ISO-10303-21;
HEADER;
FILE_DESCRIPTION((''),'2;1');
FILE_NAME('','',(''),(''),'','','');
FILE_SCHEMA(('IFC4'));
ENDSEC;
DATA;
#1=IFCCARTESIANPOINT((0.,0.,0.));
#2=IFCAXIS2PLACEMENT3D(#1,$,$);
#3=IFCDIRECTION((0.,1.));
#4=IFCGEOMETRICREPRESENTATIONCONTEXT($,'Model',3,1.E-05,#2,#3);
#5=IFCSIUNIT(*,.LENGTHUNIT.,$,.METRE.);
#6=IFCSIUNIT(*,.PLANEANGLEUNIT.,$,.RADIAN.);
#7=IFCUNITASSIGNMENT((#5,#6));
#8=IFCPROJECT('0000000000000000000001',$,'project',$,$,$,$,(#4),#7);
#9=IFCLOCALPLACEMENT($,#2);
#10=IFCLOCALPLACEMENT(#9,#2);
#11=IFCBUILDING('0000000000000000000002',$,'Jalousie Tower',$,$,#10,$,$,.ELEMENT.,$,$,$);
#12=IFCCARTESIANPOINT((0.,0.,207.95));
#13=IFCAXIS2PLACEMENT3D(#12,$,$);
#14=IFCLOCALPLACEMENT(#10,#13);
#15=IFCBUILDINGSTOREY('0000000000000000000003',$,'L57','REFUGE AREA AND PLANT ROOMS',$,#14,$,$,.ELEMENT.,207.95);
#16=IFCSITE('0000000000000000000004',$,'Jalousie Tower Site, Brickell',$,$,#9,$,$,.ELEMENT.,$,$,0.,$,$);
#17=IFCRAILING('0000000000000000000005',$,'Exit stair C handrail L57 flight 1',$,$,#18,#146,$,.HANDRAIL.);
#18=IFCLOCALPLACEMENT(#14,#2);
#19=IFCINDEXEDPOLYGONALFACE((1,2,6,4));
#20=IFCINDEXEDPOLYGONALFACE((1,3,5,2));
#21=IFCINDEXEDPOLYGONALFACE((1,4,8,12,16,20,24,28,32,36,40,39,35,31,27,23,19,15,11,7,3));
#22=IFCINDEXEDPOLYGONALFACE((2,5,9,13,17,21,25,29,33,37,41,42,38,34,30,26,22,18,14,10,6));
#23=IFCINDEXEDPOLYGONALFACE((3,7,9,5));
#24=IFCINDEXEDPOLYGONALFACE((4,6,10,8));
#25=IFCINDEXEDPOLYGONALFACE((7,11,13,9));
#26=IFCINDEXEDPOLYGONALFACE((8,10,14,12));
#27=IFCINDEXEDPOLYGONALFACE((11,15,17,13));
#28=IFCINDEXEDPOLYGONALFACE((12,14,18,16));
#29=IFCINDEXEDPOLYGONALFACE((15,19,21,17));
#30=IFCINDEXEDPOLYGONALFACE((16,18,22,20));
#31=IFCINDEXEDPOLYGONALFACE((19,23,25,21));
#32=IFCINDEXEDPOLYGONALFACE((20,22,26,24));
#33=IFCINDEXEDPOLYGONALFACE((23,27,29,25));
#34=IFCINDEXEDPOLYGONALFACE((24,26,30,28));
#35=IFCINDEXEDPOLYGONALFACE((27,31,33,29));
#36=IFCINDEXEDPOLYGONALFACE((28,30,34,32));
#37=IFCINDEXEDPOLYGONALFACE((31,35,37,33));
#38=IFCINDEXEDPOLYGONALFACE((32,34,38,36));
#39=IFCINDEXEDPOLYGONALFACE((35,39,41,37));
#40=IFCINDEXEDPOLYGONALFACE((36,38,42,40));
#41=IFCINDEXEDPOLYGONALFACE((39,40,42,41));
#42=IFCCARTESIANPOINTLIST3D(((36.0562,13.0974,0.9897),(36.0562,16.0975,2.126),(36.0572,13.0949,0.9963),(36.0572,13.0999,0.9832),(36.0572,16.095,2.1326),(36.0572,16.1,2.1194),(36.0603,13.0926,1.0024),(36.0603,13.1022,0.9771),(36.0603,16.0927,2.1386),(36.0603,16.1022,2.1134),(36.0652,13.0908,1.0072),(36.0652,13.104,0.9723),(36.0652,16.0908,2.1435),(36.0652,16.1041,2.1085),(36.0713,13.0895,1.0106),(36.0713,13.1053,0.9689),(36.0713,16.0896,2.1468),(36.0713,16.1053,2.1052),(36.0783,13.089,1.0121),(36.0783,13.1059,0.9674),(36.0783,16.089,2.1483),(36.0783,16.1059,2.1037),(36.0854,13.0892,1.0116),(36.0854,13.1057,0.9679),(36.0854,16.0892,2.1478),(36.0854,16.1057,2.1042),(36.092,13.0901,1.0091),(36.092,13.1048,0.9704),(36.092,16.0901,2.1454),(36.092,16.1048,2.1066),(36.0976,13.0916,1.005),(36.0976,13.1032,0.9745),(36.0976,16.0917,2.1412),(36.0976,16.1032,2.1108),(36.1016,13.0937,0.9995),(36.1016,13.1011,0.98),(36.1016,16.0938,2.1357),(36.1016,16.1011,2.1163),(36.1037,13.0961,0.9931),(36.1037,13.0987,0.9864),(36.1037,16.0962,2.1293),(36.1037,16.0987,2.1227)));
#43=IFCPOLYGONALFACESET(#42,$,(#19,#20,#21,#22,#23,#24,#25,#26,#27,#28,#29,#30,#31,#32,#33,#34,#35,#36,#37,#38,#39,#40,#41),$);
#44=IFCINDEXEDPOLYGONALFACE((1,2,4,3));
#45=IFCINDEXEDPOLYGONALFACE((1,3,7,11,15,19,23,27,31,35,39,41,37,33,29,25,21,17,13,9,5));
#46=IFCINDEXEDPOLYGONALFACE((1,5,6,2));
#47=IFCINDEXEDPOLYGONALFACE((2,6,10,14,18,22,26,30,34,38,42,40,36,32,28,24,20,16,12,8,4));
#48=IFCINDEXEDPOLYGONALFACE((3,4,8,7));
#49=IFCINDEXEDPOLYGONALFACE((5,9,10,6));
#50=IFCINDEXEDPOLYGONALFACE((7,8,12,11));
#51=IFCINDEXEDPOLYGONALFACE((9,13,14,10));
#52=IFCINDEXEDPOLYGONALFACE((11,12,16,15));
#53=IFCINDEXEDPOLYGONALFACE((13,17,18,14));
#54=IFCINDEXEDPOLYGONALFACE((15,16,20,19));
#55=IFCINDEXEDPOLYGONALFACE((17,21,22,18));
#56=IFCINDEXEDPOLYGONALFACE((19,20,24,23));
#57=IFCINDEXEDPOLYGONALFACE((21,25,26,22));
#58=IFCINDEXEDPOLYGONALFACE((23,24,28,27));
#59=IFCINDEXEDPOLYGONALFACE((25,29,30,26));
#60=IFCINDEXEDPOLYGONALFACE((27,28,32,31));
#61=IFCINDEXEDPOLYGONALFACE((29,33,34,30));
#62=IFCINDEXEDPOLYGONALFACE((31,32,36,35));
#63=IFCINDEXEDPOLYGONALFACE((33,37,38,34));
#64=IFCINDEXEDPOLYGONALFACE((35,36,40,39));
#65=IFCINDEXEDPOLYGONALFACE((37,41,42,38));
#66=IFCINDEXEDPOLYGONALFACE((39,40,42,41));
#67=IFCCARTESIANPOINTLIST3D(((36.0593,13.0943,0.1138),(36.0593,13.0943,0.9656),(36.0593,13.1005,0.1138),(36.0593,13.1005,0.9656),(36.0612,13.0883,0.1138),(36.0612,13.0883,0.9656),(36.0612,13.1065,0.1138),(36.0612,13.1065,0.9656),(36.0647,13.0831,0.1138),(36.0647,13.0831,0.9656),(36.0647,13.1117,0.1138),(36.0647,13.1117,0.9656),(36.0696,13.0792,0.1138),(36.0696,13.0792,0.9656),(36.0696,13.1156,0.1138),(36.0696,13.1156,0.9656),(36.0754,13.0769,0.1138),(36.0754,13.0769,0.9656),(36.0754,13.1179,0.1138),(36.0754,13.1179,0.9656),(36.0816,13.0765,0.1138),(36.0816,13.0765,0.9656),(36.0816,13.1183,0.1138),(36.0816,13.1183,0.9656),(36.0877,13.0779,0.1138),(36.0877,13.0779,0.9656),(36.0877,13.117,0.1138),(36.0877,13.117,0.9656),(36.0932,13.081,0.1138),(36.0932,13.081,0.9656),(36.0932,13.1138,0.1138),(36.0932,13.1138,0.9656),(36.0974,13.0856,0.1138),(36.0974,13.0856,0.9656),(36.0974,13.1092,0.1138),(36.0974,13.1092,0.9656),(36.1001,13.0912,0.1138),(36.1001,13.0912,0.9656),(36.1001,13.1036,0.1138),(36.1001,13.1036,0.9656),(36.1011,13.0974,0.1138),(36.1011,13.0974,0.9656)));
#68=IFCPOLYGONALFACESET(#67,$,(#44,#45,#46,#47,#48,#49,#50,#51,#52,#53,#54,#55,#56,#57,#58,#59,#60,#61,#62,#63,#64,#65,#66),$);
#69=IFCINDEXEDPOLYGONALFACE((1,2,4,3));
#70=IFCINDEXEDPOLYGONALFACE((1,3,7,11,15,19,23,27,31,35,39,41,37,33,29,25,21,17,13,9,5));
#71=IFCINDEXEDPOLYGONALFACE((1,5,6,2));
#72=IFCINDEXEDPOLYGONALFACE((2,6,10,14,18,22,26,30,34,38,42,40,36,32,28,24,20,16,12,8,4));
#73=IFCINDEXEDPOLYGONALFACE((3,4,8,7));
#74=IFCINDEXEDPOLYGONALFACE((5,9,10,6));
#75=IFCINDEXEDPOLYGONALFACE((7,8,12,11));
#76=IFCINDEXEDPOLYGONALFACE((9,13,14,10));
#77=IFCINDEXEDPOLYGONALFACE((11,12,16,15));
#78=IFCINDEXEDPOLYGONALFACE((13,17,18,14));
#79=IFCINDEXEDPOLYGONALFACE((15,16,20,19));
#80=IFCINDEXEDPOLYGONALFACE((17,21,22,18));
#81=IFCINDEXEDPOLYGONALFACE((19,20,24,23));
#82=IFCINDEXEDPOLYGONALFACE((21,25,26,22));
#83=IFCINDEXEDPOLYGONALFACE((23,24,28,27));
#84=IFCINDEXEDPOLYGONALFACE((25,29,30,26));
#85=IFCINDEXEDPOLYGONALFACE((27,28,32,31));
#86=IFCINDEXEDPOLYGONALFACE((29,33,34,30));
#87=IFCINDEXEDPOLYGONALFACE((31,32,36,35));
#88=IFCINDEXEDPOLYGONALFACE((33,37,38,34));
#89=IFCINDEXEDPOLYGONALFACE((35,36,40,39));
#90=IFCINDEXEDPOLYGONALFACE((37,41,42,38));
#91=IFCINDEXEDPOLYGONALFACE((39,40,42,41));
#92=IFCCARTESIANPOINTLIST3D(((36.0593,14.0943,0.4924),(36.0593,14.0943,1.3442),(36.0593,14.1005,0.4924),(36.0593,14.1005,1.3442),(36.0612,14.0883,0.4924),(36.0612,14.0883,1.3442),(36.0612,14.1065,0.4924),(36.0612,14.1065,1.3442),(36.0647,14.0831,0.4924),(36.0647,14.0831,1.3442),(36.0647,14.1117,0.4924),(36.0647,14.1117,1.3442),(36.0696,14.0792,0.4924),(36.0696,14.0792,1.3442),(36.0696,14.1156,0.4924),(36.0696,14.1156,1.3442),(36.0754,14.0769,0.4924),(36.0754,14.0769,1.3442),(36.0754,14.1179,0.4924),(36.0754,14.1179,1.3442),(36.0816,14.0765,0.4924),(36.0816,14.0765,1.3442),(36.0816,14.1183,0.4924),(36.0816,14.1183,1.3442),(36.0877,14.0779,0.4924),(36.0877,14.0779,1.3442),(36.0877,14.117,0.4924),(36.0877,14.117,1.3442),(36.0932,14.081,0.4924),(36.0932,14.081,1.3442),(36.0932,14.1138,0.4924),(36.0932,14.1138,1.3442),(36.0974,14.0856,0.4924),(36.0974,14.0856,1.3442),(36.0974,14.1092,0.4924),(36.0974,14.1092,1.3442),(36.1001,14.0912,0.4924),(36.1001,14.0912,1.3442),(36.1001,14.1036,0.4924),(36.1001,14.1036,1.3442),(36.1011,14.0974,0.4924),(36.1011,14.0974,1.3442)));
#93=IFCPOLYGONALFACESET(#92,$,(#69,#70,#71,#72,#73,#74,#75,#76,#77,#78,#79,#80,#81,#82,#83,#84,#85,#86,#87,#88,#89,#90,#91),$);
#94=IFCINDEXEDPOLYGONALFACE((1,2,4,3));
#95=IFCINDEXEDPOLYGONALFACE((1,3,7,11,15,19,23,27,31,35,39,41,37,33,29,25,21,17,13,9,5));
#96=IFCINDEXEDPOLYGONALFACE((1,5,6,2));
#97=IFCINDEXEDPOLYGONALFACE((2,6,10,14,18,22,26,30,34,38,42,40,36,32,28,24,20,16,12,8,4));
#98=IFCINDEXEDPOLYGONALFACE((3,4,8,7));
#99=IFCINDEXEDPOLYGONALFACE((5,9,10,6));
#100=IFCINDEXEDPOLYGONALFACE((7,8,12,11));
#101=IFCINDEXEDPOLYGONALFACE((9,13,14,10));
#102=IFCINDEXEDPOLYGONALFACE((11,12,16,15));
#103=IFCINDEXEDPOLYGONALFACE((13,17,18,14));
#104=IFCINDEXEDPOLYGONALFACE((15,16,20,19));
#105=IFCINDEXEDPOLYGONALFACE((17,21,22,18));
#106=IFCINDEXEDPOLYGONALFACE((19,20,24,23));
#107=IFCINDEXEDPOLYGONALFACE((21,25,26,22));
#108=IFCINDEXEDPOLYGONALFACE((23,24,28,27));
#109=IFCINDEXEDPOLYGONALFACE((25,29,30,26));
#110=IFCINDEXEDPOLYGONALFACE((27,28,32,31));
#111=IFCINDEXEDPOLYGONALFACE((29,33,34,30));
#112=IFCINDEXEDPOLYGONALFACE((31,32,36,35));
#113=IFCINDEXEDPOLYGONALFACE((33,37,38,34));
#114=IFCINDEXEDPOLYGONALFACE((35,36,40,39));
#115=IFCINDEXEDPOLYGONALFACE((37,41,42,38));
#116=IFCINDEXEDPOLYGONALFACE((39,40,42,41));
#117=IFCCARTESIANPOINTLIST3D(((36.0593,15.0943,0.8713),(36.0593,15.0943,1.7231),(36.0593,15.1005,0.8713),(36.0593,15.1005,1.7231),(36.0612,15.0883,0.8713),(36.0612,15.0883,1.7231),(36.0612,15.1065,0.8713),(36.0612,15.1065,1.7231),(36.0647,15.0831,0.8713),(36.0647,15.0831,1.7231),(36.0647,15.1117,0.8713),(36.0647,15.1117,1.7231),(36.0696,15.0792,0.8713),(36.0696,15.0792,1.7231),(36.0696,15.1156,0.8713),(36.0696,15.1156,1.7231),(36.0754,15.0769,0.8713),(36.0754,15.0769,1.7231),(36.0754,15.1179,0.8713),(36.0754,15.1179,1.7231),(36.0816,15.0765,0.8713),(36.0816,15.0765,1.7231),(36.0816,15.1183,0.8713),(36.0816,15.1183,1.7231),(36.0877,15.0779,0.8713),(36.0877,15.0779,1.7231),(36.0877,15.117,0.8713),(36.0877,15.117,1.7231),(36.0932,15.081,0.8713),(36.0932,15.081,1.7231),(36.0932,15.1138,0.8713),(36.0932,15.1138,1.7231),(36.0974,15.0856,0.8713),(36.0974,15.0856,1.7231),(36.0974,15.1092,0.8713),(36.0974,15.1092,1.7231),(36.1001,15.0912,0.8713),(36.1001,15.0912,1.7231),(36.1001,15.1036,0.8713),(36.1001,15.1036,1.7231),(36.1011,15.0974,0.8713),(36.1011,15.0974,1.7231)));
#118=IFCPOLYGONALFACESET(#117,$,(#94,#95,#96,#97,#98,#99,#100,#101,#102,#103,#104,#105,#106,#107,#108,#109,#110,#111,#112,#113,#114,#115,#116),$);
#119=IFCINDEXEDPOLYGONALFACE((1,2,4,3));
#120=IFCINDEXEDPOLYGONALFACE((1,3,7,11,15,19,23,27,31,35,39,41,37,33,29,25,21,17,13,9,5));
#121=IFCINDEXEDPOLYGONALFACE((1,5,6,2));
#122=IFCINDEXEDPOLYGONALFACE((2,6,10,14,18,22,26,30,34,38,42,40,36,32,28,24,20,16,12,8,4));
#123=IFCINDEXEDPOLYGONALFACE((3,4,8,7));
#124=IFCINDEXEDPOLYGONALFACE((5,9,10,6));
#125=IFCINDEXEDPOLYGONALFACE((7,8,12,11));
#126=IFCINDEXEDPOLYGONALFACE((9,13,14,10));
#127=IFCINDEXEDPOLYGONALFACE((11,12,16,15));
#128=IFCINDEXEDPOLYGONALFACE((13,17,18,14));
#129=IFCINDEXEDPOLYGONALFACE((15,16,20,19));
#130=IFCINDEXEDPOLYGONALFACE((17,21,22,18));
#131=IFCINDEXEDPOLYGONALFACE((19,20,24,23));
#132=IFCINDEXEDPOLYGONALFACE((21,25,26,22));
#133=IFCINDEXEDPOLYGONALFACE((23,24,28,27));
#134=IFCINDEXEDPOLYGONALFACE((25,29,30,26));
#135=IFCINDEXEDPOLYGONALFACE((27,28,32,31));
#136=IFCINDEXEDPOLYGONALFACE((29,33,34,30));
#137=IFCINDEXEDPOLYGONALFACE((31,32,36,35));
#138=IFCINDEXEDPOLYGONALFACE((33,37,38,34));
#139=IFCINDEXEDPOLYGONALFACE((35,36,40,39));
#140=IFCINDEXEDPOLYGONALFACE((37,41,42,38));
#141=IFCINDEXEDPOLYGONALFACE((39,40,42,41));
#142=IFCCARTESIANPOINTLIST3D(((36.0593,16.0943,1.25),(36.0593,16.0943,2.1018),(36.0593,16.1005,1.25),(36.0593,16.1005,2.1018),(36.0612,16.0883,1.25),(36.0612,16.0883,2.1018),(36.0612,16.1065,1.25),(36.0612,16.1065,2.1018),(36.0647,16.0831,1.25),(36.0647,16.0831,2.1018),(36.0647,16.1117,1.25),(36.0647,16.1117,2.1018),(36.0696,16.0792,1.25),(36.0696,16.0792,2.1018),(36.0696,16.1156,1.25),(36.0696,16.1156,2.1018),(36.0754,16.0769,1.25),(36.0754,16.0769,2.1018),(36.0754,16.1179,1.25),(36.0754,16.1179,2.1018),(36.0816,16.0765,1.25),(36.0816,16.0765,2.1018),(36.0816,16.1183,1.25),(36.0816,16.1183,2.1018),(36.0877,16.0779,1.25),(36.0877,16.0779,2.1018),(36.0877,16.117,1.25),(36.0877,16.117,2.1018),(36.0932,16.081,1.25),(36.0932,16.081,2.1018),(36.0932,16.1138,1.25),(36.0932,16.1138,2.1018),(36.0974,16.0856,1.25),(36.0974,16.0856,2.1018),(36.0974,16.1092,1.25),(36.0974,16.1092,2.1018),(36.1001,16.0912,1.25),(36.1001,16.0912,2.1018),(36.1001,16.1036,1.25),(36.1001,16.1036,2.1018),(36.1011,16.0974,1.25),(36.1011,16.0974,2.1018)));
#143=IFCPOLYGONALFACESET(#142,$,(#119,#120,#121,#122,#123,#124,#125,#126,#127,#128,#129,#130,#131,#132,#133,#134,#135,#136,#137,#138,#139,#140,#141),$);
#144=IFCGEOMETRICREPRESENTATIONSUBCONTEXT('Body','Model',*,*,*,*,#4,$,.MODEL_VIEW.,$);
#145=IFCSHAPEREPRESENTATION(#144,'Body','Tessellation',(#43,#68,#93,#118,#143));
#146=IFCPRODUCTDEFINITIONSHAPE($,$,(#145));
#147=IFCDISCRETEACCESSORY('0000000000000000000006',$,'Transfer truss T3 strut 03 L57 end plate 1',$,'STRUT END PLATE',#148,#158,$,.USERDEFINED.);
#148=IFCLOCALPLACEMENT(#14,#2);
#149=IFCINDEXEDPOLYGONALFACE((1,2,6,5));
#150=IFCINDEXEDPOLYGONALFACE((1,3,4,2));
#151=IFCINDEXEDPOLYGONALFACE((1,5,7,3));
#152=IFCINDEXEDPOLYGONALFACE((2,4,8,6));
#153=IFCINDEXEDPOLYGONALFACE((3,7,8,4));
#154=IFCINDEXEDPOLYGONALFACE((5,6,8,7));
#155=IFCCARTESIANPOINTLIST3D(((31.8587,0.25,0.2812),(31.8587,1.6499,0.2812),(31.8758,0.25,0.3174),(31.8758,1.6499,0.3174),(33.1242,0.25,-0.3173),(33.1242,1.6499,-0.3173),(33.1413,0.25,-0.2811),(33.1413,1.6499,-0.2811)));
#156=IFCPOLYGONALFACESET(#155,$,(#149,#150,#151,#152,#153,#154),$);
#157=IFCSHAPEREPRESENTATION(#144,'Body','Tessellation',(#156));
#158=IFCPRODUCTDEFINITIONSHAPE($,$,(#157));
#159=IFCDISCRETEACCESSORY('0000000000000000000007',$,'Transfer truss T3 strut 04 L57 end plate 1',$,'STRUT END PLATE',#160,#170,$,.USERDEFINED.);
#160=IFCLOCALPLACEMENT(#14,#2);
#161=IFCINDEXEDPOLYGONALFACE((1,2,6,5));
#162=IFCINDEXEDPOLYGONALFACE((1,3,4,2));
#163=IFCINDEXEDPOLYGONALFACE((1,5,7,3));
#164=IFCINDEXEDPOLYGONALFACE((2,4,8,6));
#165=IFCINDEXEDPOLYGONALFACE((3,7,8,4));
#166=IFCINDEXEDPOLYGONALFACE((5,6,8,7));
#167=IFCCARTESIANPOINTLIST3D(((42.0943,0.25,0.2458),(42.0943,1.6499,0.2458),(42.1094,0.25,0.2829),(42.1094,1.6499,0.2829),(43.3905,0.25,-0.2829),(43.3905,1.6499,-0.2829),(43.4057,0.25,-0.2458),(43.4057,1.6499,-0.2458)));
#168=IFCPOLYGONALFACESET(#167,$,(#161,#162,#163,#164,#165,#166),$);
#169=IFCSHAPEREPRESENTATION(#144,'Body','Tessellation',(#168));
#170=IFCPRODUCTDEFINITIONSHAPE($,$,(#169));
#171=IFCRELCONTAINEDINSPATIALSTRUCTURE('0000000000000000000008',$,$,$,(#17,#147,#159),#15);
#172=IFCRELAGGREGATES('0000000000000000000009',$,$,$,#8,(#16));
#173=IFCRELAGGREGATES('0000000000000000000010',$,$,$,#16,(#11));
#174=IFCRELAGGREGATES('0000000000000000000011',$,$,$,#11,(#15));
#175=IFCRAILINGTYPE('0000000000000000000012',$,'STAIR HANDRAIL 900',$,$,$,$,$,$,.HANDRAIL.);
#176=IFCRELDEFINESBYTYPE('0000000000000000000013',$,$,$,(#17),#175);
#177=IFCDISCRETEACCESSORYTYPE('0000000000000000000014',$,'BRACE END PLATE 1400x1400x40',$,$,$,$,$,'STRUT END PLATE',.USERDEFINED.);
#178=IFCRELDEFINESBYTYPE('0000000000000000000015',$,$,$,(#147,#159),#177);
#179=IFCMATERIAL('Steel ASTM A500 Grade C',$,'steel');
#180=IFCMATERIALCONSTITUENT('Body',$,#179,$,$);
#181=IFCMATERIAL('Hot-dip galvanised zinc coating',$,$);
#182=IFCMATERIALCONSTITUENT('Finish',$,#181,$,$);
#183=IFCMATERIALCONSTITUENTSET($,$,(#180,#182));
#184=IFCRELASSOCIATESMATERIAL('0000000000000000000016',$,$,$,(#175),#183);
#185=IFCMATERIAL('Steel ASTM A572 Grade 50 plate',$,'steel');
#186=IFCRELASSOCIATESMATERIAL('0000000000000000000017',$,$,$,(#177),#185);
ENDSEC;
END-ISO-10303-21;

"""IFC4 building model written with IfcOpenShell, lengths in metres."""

from ifc_helpers import new_model, si_unit, direction, frame, origin, origin_2d, place, context, subcontext, project, spatial, rectangle, circle, extrude, material, constituent, constituent_set, material_profile, profile_set, type_object, element, save


model = new_model("IFC4")

# Units and contexts
model_context = context("Model", 3, precision=1e-05, world=origin(), true_north=direction((0.0, 1.0)))
body_context = subcontext(model_context, "Body", "Model", "MODEL_VIEW")
ifc_project = project(units=[si_unit("LENGTHUNIT", "METRE"), si_unit("PLANEANGLEUNIT", "RADIAN")], contexts=[model_context])

# Site, building, storey
site_placement = place(None, origin())
site = spatial("IfcSite", under=ifc_project, at=site_placement, Name="Jalousie Tower Site, Brickell", CompositionType="ELEMENT", RefElevation=0.0)
building_placement = place(site_placement, origin())
building = spatial("IfcBuilding", under=site, at=building_placement, Name="Jalousie Tower", CompositionType="ELEMENT")
storey_placement = place(building_placement, frame((0.0, 0.0, 207.95)))
storey = spatial("IfcBuildingStorey", under=building, at=storey_placement, Name="L57", Description="REFUGE AREA AND PLANT ROOMS", CompositionType="ELEMENT", Elevation=207.95)

# Railing
ifc_material_1 = material(Name="Steel ASTM A500 Grade C", Category="steel")
ifc_constituent_1 = constituent(ifc_material_1, Name="Body")
ifc_material_2 = material(Name="Hot-dip galvanised zinc coating")
ifc_constituent_2 = constituent(ifc_material_2, Name="Finish")
ifc_constituent_set = constituent_set(constituents=[ifc_constituent_1, ifc_constituent_2])
railing_type_1 = type_object("IfcRailingType", Name="STAIR HANDRAIL 900", PredefinedType="HANDRAIL", material=ifc_constituent_set)
railing_1_placement = place(storey_placement, frame((36.0801, 13.0974, 0.1138)))
element("IfcRailing", 1, at=railing_1_placement, inside=storey, type_object=railing_type_1, Name="Exit stair C handrail L57 flight 1", PredefinedType="HANDRAIL", context=body_context, shape_type="SweptSolid", body=[
    extrude(circle(Radius=0.0239, at=origin_2d()), frame((0.0, 0.0, 0.876), z_axis=(0.0, 0.935173, 0.354191), x_axis=(-1.0, 0.0, 0.0)), (0.0, 0.0, 1.0), 3.208),
    extrude(circle(Radius=0.021, at=origin_2d()), origin(), (0.0, 0.0, 1.0), 0.8518),
    extrude(circle(Radius=0.021, at=origin_2d()), frame((0.0, 1.0, 0.3787)), (0.0, 0.0, 1.0), 0.8518),
    extrude(circle(Radius=0.021, at=origin_2d()), frame((0.0, 2.0, 0.7576)), (0.0, 0.0, 1.0), 0.8518),
    extrude(circle(Radius=0.021, at=origin_2d()), frame((0.0, 3.0, 1.1362)), (0.0, 0.0, 1.0), 0.8518),
])

# Discrete accessories
ifc_material_3 = material(Name="Steel ASTM A572 Grade 50 plate", Category="steel")
ifc_material_profile_1 = material_profile(ifc_material_3, rectangle(XDim=1.3999, YDim=1.3999, at=origin_2d()), Name="BRACE END PLATE 1400x1400x40")
ifc_profile_set_1 = profile_set([ifc_material_profile_1], Name="Steel ASTM A572 Grade 50 plate")
discrete_accessory_type = type_object("IfcDiscreteAccessoryType", Name="BRACE END PLATE 1400x1400x40", ElementType="STRUT END PLATE", PredefinedType="USERDEFINED", material=ifc_profile_set_1)
for number, where, z_axis, x_axis, name in (
    (2, (32.4915, 0.95, -0.0181), (0.427561, 0.0, 0.903986), (0.0, 1.0, 0.0), "Transfer truss T3 strut 03 L57 end plate 1"),
    (3, (42.7424, 0.95, -0.0186), (0.377684, 0.0, 0.925935), (0.0, 1.0, 0.0), "Transfer truss T3 strut 04 L57 end plate 1"),
):
    element("IfcDiscreteAccessory", number, at=place(storey_placement, frame(where, z_axis=z_axis, x_axis=x_axis)), inside=storey, type_object=discrete_accessory_type, Name=name, ObjectType="STRUT END PLATE", PredefinedType="USERDEFINED", context=body_context, shape_type="SweptSolid", body=[
        extrude(rectangle(XDim=1.3999, YDim=1.3999, at=origin_2d()), origin(), (0.0, 0.0, 1.0), 0.04),
    ])

save(model, "model.ifc")
